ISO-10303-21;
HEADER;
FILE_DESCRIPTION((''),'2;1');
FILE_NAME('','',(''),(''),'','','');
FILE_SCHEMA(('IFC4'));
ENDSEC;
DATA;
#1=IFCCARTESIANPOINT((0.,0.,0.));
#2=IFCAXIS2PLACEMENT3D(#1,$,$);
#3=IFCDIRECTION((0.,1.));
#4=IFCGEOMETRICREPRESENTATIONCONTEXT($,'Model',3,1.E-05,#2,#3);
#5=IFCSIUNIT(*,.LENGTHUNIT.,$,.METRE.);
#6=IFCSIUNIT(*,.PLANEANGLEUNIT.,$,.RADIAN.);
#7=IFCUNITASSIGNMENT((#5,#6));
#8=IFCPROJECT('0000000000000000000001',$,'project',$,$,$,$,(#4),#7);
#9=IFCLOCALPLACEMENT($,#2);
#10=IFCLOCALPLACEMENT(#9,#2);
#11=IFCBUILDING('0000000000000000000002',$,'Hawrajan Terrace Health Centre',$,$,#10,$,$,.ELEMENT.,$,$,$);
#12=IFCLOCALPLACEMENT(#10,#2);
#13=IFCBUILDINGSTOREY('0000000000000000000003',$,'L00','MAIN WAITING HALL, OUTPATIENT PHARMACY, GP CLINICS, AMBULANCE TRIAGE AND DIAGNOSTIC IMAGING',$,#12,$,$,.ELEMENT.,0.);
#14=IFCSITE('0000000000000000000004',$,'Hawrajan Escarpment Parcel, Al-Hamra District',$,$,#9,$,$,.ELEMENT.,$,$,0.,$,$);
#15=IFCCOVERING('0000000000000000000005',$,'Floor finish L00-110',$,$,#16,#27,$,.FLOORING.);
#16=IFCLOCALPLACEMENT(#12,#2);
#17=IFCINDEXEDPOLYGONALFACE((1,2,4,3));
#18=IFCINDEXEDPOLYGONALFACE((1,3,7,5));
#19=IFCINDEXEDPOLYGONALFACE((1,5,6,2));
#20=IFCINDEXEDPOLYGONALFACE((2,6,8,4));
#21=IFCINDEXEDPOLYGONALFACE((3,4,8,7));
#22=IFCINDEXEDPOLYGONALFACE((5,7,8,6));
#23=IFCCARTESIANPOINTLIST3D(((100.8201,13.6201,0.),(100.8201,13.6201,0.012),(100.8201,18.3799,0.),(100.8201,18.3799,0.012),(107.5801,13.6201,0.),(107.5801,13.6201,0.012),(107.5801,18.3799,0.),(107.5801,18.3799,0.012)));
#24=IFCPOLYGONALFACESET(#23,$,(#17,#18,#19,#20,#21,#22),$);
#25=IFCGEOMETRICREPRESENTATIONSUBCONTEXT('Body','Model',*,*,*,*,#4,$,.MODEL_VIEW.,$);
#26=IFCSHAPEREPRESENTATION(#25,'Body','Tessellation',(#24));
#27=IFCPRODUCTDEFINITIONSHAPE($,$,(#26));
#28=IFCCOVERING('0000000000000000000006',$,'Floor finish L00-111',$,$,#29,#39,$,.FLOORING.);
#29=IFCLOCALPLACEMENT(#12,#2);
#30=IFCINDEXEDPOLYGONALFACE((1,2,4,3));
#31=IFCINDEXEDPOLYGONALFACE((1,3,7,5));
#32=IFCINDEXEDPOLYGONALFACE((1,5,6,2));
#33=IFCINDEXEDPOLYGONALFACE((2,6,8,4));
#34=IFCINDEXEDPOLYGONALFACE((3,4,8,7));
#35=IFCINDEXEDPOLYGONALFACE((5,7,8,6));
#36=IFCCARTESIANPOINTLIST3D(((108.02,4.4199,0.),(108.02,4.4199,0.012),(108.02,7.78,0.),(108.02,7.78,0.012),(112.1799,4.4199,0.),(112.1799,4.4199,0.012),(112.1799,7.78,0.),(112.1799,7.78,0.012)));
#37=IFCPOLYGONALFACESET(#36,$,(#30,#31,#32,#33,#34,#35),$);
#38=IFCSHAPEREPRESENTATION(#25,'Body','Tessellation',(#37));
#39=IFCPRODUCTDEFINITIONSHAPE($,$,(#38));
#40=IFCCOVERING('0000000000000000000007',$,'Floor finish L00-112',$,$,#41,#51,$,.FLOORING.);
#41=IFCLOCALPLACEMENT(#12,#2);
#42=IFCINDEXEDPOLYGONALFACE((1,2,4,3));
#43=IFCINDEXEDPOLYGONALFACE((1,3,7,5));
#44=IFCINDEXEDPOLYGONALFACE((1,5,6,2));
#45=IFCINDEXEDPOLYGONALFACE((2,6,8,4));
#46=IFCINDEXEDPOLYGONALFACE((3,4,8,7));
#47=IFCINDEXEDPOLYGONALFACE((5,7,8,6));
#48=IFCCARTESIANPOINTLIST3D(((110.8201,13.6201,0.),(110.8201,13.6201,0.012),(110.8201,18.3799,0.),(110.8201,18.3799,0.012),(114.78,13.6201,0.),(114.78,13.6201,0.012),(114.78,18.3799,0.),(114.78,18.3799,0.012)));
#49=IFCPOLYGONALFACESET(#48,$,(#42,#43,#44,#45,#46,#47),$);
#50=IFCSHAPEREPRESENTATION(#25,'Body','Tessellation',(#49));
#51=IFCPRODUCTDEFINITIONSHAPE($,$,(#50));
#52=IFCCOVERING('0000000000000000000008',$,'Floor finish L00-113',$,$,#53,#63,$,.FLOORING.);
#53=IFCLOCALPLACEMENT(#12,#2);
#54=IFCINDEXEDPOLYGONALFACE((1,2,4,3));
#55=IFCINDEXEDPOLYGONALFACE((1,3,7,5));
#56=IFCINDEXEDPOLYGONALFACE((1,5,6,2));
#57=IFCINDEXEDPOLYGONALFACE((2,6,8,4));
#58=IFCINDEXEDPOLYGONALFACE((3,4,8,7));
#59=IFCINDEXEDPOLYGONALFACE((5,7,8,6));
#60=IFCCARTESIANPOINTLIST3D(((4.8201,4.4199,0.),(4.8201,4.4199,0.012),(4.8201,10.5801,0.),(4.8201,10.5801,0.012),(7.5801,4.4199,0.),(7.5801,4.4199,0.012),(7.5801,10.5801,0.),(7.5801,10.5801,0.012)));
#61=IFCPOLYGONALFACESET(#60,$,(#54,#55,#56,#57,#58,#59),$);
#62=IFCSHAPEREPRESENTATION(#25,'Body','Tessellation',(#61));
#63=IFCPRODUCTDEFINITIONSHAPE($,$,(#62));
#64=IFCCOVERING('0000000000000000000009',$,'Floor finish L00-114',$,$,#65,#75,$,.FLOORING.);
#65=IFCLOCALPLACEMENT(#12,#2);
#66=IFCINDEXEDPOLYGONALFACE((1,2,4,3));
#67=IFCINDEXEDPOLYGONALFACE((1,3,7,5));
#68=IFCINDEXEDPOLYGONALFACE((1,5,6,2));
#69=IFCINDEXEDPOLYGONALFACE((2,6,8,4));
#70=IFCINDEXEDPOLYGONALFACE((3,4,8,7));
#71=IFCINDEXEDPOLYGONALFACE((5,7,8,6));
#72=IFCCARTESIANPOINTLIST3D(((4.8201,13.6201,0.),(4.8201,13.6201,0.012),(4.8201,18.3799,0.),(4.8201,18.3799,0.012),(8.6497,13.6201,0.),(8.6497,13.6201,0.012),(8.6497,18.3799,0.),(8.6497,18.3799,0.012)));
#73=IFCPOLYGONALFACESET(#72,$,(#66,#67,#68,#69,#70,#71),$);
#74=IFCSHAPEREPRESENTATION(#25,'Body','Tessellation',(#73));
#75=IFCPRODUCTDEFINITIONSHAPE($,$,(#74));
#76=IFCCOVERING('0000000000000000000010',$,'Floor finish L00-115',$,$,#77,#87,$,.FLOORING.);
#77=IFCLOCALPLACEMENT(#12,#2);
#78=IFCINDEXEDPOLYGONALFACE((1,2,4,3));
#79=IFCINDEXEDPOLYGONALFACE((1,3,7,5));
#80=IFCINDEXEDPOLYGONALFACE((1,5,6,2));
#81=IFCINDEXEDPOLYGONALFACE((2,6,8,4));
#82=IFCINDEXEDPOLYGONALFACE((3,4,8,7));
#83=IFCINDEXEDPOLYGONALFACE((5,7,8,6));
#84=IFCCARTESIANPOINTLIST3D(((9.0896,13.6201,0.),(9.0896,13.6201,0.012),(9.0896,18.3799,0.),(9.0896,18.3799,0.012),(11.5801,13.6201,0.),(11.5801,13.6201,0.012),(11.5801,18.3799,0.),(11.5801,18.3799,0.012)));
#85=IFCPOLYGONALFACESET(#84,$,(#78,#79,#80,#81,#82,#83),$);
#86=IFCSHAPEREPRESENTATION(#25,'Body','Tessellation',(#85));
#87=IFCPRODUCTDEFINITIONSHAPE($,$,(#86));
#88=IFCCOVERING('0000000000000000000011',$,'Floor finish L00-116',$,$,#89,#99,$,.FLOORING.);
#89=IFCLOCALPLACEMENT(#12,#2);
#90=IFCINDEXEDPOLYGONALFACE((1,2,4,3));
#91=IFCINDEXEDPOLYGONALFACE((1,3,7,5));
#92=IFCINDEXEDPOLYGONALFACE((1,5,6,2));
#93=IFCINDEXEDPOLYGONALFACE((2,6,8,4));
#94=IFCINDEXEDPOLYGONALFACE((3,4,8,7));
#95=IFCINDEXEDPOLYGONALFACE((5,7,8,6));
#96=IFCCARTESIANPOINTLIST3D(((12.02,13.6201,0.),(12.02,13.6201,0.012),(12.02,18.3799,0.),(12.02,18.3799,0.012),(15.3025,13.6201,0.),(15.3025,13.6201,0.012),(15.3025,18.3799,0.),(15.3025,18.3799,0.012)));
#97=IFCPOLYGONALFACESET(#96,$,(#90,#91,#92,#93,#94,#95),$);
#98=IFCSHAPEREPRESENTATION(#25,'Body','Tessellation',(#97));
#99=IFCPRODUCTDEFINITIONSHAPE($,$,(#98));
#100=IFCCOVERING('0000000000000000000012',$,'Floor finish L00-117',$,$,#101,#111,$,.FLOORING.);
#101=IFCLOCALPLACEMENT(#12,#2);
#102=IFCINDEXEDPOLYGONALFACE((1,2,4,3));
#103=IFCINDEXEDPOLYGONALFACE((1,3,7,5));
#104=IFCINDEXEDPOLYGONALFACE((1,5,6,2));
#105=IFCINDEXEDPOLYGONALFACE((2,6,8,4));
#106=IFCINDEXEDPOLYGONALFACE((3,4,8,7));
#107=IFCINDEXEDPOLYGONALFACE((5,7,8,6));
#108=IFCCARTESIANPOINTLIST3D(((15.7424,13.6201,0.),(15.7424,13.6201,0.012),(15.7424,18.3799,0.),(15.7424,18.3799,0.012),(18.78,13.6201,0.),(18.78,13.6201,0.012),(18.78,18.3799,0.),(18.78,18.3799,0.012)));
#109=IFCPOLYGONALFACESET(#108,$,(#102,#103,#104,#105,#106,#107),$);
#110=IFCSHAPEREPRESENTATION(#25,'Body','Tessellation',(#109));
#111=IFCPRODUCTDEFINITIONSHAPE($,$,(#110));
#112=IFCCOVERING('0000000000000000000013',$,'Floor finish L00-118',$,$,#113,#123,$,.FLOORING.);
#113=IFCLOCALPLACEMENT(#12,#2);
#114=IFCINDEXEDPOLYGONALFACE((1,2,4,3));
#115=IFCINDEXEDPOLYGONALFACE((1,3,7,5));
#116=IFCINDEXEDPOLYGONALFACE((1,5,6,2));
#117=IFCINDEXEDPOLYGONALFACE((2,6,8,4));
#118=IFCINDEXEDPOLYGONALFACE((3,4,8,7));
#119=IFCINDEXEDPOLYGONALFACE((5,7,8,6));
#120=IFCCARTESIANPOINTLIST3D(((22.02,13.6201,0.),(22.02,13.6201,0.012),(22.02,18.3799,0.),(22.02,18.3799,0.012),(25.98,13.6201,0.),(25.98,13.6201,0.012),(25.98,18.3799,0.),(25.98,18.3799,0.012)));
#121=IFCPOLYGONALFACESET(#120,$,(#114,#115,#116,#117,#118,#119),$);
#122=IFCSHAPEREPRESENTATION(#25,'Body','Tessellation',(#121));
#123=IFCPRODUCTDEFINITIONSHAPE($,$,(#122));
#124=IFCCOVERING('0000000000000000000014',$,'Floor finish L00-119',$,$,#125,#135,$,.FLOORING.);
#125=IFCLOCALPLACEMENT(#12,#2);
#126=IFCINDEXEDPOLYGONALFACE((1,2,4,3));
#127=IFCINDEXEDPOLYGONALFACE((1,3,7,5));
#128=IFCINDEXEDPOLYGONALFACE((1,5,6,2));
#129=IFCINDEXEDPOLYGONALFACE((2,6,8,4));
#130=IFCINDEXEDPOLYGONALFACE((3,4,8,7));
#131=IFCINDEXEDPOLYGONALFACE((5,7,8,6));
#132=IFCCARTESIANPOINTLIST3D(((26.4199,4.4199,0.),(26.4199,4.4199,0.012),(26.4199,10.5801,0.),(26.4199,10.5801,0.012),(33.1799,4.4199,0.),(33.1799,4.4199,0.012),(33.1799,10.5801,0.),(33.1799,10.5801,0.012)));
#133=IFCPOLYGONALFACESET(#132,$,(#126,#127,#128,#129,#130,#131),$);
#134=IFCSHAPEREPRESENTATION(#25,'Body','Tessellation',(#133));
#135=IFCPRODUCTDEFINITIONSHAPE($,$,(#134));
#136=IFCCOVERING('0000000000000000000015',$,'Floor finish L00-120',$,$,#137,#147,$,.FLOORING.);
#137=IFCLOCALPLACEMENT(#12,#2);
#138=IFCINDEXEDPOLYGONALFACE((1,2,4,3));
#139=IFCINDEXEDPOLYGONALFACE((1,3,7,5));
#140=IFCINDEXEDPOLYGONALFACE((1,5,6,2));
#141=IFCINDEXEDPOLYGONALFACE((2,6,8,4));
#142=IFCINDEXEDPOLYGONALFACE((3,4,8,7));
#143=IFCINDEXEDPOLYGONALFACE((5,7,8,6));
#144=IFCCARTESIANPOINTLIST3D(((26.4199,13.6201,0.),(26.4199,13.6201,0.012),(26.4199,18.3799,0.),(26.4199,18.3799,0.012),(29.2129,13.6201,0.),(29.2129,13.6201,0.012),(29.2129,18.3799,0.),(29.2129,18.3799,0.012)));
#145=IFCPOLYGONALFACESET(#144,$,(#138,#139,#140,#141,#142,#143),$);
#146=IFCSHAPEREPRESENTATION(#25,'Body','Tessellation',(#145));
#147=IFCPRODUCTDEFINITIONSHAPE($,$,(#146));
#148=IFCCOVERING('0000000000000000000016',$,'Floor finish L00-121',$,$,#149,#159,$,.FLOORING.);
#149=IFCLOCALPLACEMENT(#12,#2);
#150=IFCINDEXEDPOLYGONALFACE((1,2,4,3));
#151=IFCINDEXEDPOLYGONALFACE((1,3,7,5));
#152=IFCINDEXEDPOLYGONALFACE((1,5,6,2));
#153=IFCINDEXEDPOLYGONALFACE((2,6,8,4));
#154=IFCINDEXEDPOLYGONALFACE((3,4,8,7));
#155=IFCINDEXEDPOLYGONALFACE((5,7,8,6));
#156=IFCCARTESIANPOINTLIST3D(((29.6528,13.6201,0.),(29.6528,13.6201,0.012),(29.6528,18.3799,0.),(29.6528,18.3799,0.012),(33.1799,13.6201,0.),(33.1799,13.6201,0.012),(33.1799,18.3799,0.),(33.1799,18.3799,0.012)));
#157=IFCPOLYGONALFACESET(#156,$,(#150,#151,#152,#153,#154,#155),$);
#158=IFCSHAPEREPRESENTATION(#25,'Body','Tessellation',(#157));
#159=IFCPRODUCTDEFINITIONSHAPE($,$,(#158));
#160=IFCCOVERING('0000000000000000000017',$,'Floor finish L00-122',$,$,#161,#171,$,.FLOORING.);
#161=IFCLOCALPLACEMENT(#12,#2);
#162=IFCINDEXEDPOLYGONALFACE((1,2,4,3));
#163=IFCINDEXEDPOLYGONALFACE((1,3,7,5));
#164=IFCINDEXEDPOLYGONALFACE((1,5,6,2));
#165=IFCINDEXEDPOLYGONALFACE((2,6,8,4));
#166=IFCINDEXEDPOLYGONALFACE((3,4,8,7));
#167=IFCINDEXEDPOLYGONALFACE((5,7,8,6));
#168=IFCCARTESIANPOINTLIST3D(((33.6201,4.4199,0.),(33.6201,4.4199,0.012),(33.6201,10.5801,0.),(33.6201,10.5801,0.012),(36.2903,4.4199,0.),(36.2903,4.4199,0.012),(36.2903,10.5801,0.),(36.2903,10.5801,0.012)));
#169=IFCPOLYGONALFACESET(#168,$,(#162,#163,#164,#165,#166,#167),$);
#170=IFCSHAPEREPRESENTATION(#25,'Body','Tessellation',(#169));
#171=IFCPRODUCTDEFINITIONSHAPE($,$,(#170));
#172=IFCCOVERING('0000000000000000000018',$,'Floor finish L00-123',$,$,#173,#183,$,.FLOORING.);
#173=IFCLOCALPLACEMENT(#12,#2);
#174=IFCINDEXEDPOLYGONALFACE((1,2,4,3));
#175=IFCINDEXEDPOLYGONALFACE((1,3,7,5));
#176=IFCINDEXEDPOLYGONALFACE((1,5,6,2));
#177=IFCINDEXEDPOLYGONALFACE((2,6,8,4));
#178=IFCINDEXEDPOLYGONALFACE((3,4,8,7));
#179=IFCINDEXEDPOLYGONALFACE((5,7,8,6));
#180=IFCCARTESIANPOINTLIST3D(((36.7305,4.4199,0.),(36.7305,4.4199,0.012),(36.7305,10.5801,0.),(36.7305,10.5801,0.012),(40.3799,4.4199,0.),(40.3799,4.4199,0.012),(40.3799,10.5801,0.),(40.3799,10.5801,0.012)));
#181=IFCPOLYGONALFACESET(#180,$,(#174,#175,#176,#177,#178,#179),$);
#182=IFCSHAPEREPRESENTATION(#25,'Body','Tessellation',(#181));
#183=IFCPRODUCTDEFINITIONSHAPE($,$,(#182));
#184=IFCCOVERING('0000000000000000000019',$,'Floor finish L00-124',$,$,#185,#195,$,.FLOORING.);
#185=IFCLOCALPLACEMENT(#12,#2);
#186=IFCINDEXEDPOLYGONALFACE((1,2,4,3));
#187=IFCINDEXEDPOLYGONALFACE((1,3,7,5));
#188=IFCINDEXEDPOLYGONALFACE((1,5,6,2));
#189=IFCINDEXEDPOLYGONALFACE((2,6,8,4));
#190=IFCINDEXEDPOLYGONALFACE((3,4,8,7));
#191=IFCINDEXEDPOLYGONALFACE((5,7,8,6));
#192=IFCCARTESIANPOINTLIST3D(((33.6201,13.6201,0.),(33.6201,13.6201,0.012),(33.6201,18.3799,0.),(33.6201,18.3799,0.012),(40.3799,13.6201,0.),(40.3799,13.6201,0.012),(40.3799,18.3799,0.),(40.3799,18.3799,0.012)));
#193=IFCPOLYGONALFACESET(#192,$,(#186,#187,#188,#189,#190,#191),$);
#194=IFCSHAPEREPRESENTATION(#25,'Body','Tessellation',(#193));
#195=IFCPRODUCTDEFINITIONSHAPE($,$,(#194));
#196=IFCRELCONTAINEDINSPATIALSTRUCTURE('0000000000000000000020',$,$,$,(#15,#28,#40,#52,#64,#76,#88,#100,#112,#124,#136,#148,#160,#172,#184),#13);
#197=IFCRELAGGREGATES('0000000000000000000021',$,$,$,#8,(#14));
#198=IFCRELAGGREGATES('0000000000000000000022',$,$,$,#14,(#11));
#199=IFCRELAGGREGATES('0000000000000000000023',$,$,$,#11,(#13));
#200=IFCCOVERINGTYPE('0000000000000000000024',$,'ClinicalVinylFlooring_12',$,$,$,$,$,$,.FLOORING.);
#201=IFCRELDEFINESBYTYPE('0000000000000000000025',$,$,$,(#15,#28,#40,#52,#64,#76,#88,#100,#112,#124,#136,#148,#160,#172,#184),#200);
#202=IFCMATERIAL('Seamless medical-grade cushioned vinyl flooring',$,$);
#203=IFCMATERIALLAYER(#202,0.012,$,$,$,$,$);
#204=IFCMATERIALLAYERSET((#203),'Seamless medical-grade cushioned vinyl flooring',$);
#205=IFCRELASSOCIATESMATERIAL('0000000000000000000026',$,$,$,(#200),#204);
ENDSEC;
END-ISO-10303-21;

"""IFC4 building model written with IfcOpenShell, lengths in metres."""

from ifc_helpers import new_model, si_unit, direction, origin, place, context, subcontext, project, spatial, polyline, outline, extrude, material, layer, layer_set, type_object, element, save


model = new_model("IFC4")

# Units and contexts
model_context = context("Model", 3, precision=1e-05, world=origin(), true_north=direction((0.0, 1.0)))
body_context = subcontext(model_context, "Body", "Model", "MODEL_VIEW")
ifc_project = project(units=[si_unit("LENGTHUNIT", "METRE"), si_unit("PLANEANGLEUNIT", "RADIAN")], contexts=[model_context])

# Site, building, storey
site_placement = place(None, origin())
site = spatial("IfcSite", under=ifc_project, at=site_placement, Name="Hawrajan Escarpment Parcel, Al-Hamra District", CompositionType="ELEMENT", RefElevation=0.0)
building_placement = place(site_placement, origin())
building = spatial("IfcBuilding", under=site, at=building_placement, Name="Hawrajan Terrace Health Centre", CompositionType="ELEMENT")
storey_placement = place(building_placement, origin())
storey = spatial("IfcBuildingStorey", under=building, at=storey_placement, Name="L00", Description="MAIN WAITING HALL, OUTPATIENT PHARMACY, GP CLINICS, AMBULANCE TRIAGE AND DIAGNOSTIC IMAGING", CompositionType="ELEMENT", Elevation=0.0)

# Coverings
ifc_material = material(Name="Seamless medical-grade cushioned vinyl flooring")
ifc_layer = layer(ifc_material, 0.012)
ifc_layer_set = layer_set([ifc_layer], Name="Seamless medical-grade cushioned vinyl flooring")
covering_type = type_object("IfcCoveringType", Name="ClinicalVinylFlooring_12", PredefinedType="FLOORING", material=ifc_layer_set)
covering_1_placement = place(storey_placement, origin())
element("IfcCovering", 1, at=covering_1_placement, inside=storey, type_object=covering_type, Name="Floor finish L00-110", PredefinedType="FLOORING", context=body_context, shape_type="SweptSolid", body=[
    extrude(outline(polyline([(100.8201, 18.3799), (107.5801, 18.3799), (107.5801, 13.6201), (100.8201, 13.6201), (100.8201, 18.3799)])), origin(), (0.0, 0.0, 1.0), 0.012),
])
covering_2_placement = place(storey_placement, origin())
element("IfcCovering", 2, at=covering_2_placement, inside=storey, type_object=covering_type, Name="Floor finish L00-111", PredefinedType="FLOORING", context=body_context, shape_type="SweptSolid", body=[
    extrude(outline(polyline([(108.02, 7.78), (112.1799, 7.78), (112.1799, 4.4199), (108.02, 4.4199), (108.02, 7.78)])), origin(), (0.0, 0.0, 1.0), 0.012),
])
covering_3_placement = place(storey_placement, origin())
element("IfcCovering", 3, at=covering_3_placement, inside=storey, type_object=covering_type, Name="Floor finish L00-112", PredefinedType="FLOORING", context=body_context, shape_type="SweptSolid", body=[
    extrude(outline(polyline([(110.8201, 18.3799), (114.78, 18.3799), (114.78, 13.6201), (110.8201, 13.6201), (110.8201, 18.3799)])), origin(), (0.0, 0.0, 1.0), 0.012),
])
covering_4_placement = place(storey_placement, origin())
element("IfcCovering", 4, at=covering_4_placement, inside=storey, type_object=covering_type, Name="Floor finish L00-113", PredefinedType="FLOORING", context=body_context, shape_type="SweptSolid", body=[
    extrude(outline(polyline([(4.8201, 10.5801), (7.5801, 10.5801), (7.5801, 4.4199), (4.8201, 4.4199), (4.8201, 10.5801)])), origin(), (0.0, 0.0, 1.0), 0.012),
])
covering_5_placement = place(storey_placement, origin())
element("IfcCovering", 5, at=covering_5_placement, inside=storey, type_object=covering_type, Name="Floor finish L00-114", PredefinedType="FLOORING", context=body_context, shape_type="SweptSolid", body=[
    extrude(outline(polyline([(4.8201, 18.3799), (8.6497, 18.3799), (8.6497, 13.6201), (4.8201, 13.6201), (4.8201, 18.3799)])), origin(), (0.0, 0.0, 1.0), 0.012),
])
covering_6_placement = place(storey_placement, origin())
element("IfcCovering", 6, at=covering_6_placement, inside=storey, type_object=covering_type, Name="Floor finish L00-115", PredefinedType="FLOORING", context=body_context, shape_type="SweptSolid", body=[
    extrude(outline(polyline([(9.0896, 18.3799), (11.5801, 18.3799), (11.5801, 13.6201), (9.0896, 13.6201), (9.0896, 18.3799)])), origin(), (0.0, 0.0, 1.0), 0.012),
])
covering_7_placement = place(storey_placement, origin())
element("IfcCovering", 7, at=covering_7_placement, inside=storey, type_object=covering_type, Name="Floor finish L00-116", PredefinedType="FLOORING", context=body_context, shape_type="SweptSolid", body=[
    extrude(outline(polyline([(12.02, 18.3799), (15.3025, 18.3799), (15.3025, 13.6201), (12.02, 13.6201), (12.02, 18.3799)])), origin(), (0.0, 0.0, 1.0), 0.012),
])
covering_8_placement = place(storey_placement, origin())
element("IfcCovering", 8, at=covering_8_placement, inside=storey, type_object=covering_type, Name="Floor finish L00-117", PredefinedType="FLOORING", context=body_context, shape_type="SweptSolid", body=[
    extrude(outline(polyline([(15.7424, 18.3799), (18.78, 18.3799), (18.78, 13.6201), (15.7424, 13.6201), (15.7424, 18.3799)])), origin(), (0.0, 0.0, 1.0), 0.012),
])
covering_9_placement = place(storey_placement, origin())
element("IfcCovering", 9, at=covering_9_placement, inside=storey, type_object=covering_type, Name="Floor finish L00-118", PredefinedType="FLOORING", context=body_context, shape_type="SweptSolid", body=[
    extrude(outline(polyline([(22.02, 18.3799), (25.98, 18.3799), (25.98, 13.6201), (22.02, 13.6201), (22.02, 18.3799)])), origin(), (0.0, 0.0, 1.0), 0.012),
])
covering_10_placement = place(storey_placement, origin())
element("IfcCovering", 10, at=covering_10_placement, inside=storey, type_object=covering_type, Name="Floor finish L00-119", PredefinedType="FLOORING", context=body_context, shape_type="SweptSolid", body=[
    extrude(outline(polyline([(26.4199, 10.5801), (33.1799, 10.5801), (33.1799, 4.4199), (26.4199, 4.4199), (26.4199, 10.5801)])), origin(), (0.0, 0.0, 1.0), 0.012),
])
covering_11_placement = place(storey_placement, origin())
element("IfcCovering", 11, at=covering_11_placement, inside=storey, type_object=covering_type, Name="Floor finish L00-120", PredefinedType="FLOORING", context=body_context, shape_type="SweptSolid", body=[
    extrude(outline(polyline([(26.4199, 18.3799), (29.2129, 18.3799), (29.2129, 13.6201), (26.4199, 13.6201), (26.4199, 18.3799)])), origin(), (0.0, 0.0, 1.0), 0.012),
])
covering_12_placement = place(storey_placement, origin())
element("IfcCovering", 12, at=covering_12_placement, inside=storey, type_object=covering_type, Name="Floor finish L00-121", PredefinedType="FLOORING", context=body_context, shape_type="SweptSolid", body=[
    extrude(outline(polyline([(29.6528, 18.3799), (33.1799, 18.3799), (33.1799, 13.6201), (29.6528, 13.6201), (29.6528, 18.3799)])), origin(), (0.0, 0.0, 1.0), 0.012),
])
covering_13_placement = place(storey_placement, origin())
element("IfcCovering", 13, at=covering_13_placement, inside=storey, type_object=covering_type, Name="Floor finish L00-122", PredefinedType="FLOORING", context=body_context, shape_type="SweptSolid", body=[
    extrude(outline(polyline([(33.6201, 10.5801), (36.2903, 10.5801), (36.2903, 4.4199), (33.6201, 4.4199), (33.6201, 10.5801)])), origin(), (0.0, 0.0, 1.0), 0.012),
])
covering_14_placement = place(storey_placement, origin())
element("IfcCovering", 14, at=covering_14_placement, inside=storey, type_object=covering_type, Name="Floor finish L00-123", PredefinedType="FLOORING", context=body_context, shape_type="SweptSolid", body=[
    extrude(outline(polyline([(36.7305, 10.5801), (40.3799, 10.5801), (40.3799, 4.4199), (36.7305, 4.4199), (36.7305, 10.5801)])), origin(), (0.0, 0.0, 1.0), 0.012),
])
covering_15_placement = place(storey_placement, origin())
element("IfcCovering", 15, at=covering_15_placement, inside=storey, type_object=covering_type, Name="Floor finish L00-124", PredefinedType="FLOORING", context=body_context, shape_type="SweptSolid", body=[
    extrude(outline(polyline([(33.6201, 18.3799), (40.3799, 18.3799), (40.3799, 13.6201), (33.6201, 13.6201), (33.6201, 18.3799)])), origin(), (0.0, 0.0, 1.0), 0.012),
])

save(model, "model.ifc")
